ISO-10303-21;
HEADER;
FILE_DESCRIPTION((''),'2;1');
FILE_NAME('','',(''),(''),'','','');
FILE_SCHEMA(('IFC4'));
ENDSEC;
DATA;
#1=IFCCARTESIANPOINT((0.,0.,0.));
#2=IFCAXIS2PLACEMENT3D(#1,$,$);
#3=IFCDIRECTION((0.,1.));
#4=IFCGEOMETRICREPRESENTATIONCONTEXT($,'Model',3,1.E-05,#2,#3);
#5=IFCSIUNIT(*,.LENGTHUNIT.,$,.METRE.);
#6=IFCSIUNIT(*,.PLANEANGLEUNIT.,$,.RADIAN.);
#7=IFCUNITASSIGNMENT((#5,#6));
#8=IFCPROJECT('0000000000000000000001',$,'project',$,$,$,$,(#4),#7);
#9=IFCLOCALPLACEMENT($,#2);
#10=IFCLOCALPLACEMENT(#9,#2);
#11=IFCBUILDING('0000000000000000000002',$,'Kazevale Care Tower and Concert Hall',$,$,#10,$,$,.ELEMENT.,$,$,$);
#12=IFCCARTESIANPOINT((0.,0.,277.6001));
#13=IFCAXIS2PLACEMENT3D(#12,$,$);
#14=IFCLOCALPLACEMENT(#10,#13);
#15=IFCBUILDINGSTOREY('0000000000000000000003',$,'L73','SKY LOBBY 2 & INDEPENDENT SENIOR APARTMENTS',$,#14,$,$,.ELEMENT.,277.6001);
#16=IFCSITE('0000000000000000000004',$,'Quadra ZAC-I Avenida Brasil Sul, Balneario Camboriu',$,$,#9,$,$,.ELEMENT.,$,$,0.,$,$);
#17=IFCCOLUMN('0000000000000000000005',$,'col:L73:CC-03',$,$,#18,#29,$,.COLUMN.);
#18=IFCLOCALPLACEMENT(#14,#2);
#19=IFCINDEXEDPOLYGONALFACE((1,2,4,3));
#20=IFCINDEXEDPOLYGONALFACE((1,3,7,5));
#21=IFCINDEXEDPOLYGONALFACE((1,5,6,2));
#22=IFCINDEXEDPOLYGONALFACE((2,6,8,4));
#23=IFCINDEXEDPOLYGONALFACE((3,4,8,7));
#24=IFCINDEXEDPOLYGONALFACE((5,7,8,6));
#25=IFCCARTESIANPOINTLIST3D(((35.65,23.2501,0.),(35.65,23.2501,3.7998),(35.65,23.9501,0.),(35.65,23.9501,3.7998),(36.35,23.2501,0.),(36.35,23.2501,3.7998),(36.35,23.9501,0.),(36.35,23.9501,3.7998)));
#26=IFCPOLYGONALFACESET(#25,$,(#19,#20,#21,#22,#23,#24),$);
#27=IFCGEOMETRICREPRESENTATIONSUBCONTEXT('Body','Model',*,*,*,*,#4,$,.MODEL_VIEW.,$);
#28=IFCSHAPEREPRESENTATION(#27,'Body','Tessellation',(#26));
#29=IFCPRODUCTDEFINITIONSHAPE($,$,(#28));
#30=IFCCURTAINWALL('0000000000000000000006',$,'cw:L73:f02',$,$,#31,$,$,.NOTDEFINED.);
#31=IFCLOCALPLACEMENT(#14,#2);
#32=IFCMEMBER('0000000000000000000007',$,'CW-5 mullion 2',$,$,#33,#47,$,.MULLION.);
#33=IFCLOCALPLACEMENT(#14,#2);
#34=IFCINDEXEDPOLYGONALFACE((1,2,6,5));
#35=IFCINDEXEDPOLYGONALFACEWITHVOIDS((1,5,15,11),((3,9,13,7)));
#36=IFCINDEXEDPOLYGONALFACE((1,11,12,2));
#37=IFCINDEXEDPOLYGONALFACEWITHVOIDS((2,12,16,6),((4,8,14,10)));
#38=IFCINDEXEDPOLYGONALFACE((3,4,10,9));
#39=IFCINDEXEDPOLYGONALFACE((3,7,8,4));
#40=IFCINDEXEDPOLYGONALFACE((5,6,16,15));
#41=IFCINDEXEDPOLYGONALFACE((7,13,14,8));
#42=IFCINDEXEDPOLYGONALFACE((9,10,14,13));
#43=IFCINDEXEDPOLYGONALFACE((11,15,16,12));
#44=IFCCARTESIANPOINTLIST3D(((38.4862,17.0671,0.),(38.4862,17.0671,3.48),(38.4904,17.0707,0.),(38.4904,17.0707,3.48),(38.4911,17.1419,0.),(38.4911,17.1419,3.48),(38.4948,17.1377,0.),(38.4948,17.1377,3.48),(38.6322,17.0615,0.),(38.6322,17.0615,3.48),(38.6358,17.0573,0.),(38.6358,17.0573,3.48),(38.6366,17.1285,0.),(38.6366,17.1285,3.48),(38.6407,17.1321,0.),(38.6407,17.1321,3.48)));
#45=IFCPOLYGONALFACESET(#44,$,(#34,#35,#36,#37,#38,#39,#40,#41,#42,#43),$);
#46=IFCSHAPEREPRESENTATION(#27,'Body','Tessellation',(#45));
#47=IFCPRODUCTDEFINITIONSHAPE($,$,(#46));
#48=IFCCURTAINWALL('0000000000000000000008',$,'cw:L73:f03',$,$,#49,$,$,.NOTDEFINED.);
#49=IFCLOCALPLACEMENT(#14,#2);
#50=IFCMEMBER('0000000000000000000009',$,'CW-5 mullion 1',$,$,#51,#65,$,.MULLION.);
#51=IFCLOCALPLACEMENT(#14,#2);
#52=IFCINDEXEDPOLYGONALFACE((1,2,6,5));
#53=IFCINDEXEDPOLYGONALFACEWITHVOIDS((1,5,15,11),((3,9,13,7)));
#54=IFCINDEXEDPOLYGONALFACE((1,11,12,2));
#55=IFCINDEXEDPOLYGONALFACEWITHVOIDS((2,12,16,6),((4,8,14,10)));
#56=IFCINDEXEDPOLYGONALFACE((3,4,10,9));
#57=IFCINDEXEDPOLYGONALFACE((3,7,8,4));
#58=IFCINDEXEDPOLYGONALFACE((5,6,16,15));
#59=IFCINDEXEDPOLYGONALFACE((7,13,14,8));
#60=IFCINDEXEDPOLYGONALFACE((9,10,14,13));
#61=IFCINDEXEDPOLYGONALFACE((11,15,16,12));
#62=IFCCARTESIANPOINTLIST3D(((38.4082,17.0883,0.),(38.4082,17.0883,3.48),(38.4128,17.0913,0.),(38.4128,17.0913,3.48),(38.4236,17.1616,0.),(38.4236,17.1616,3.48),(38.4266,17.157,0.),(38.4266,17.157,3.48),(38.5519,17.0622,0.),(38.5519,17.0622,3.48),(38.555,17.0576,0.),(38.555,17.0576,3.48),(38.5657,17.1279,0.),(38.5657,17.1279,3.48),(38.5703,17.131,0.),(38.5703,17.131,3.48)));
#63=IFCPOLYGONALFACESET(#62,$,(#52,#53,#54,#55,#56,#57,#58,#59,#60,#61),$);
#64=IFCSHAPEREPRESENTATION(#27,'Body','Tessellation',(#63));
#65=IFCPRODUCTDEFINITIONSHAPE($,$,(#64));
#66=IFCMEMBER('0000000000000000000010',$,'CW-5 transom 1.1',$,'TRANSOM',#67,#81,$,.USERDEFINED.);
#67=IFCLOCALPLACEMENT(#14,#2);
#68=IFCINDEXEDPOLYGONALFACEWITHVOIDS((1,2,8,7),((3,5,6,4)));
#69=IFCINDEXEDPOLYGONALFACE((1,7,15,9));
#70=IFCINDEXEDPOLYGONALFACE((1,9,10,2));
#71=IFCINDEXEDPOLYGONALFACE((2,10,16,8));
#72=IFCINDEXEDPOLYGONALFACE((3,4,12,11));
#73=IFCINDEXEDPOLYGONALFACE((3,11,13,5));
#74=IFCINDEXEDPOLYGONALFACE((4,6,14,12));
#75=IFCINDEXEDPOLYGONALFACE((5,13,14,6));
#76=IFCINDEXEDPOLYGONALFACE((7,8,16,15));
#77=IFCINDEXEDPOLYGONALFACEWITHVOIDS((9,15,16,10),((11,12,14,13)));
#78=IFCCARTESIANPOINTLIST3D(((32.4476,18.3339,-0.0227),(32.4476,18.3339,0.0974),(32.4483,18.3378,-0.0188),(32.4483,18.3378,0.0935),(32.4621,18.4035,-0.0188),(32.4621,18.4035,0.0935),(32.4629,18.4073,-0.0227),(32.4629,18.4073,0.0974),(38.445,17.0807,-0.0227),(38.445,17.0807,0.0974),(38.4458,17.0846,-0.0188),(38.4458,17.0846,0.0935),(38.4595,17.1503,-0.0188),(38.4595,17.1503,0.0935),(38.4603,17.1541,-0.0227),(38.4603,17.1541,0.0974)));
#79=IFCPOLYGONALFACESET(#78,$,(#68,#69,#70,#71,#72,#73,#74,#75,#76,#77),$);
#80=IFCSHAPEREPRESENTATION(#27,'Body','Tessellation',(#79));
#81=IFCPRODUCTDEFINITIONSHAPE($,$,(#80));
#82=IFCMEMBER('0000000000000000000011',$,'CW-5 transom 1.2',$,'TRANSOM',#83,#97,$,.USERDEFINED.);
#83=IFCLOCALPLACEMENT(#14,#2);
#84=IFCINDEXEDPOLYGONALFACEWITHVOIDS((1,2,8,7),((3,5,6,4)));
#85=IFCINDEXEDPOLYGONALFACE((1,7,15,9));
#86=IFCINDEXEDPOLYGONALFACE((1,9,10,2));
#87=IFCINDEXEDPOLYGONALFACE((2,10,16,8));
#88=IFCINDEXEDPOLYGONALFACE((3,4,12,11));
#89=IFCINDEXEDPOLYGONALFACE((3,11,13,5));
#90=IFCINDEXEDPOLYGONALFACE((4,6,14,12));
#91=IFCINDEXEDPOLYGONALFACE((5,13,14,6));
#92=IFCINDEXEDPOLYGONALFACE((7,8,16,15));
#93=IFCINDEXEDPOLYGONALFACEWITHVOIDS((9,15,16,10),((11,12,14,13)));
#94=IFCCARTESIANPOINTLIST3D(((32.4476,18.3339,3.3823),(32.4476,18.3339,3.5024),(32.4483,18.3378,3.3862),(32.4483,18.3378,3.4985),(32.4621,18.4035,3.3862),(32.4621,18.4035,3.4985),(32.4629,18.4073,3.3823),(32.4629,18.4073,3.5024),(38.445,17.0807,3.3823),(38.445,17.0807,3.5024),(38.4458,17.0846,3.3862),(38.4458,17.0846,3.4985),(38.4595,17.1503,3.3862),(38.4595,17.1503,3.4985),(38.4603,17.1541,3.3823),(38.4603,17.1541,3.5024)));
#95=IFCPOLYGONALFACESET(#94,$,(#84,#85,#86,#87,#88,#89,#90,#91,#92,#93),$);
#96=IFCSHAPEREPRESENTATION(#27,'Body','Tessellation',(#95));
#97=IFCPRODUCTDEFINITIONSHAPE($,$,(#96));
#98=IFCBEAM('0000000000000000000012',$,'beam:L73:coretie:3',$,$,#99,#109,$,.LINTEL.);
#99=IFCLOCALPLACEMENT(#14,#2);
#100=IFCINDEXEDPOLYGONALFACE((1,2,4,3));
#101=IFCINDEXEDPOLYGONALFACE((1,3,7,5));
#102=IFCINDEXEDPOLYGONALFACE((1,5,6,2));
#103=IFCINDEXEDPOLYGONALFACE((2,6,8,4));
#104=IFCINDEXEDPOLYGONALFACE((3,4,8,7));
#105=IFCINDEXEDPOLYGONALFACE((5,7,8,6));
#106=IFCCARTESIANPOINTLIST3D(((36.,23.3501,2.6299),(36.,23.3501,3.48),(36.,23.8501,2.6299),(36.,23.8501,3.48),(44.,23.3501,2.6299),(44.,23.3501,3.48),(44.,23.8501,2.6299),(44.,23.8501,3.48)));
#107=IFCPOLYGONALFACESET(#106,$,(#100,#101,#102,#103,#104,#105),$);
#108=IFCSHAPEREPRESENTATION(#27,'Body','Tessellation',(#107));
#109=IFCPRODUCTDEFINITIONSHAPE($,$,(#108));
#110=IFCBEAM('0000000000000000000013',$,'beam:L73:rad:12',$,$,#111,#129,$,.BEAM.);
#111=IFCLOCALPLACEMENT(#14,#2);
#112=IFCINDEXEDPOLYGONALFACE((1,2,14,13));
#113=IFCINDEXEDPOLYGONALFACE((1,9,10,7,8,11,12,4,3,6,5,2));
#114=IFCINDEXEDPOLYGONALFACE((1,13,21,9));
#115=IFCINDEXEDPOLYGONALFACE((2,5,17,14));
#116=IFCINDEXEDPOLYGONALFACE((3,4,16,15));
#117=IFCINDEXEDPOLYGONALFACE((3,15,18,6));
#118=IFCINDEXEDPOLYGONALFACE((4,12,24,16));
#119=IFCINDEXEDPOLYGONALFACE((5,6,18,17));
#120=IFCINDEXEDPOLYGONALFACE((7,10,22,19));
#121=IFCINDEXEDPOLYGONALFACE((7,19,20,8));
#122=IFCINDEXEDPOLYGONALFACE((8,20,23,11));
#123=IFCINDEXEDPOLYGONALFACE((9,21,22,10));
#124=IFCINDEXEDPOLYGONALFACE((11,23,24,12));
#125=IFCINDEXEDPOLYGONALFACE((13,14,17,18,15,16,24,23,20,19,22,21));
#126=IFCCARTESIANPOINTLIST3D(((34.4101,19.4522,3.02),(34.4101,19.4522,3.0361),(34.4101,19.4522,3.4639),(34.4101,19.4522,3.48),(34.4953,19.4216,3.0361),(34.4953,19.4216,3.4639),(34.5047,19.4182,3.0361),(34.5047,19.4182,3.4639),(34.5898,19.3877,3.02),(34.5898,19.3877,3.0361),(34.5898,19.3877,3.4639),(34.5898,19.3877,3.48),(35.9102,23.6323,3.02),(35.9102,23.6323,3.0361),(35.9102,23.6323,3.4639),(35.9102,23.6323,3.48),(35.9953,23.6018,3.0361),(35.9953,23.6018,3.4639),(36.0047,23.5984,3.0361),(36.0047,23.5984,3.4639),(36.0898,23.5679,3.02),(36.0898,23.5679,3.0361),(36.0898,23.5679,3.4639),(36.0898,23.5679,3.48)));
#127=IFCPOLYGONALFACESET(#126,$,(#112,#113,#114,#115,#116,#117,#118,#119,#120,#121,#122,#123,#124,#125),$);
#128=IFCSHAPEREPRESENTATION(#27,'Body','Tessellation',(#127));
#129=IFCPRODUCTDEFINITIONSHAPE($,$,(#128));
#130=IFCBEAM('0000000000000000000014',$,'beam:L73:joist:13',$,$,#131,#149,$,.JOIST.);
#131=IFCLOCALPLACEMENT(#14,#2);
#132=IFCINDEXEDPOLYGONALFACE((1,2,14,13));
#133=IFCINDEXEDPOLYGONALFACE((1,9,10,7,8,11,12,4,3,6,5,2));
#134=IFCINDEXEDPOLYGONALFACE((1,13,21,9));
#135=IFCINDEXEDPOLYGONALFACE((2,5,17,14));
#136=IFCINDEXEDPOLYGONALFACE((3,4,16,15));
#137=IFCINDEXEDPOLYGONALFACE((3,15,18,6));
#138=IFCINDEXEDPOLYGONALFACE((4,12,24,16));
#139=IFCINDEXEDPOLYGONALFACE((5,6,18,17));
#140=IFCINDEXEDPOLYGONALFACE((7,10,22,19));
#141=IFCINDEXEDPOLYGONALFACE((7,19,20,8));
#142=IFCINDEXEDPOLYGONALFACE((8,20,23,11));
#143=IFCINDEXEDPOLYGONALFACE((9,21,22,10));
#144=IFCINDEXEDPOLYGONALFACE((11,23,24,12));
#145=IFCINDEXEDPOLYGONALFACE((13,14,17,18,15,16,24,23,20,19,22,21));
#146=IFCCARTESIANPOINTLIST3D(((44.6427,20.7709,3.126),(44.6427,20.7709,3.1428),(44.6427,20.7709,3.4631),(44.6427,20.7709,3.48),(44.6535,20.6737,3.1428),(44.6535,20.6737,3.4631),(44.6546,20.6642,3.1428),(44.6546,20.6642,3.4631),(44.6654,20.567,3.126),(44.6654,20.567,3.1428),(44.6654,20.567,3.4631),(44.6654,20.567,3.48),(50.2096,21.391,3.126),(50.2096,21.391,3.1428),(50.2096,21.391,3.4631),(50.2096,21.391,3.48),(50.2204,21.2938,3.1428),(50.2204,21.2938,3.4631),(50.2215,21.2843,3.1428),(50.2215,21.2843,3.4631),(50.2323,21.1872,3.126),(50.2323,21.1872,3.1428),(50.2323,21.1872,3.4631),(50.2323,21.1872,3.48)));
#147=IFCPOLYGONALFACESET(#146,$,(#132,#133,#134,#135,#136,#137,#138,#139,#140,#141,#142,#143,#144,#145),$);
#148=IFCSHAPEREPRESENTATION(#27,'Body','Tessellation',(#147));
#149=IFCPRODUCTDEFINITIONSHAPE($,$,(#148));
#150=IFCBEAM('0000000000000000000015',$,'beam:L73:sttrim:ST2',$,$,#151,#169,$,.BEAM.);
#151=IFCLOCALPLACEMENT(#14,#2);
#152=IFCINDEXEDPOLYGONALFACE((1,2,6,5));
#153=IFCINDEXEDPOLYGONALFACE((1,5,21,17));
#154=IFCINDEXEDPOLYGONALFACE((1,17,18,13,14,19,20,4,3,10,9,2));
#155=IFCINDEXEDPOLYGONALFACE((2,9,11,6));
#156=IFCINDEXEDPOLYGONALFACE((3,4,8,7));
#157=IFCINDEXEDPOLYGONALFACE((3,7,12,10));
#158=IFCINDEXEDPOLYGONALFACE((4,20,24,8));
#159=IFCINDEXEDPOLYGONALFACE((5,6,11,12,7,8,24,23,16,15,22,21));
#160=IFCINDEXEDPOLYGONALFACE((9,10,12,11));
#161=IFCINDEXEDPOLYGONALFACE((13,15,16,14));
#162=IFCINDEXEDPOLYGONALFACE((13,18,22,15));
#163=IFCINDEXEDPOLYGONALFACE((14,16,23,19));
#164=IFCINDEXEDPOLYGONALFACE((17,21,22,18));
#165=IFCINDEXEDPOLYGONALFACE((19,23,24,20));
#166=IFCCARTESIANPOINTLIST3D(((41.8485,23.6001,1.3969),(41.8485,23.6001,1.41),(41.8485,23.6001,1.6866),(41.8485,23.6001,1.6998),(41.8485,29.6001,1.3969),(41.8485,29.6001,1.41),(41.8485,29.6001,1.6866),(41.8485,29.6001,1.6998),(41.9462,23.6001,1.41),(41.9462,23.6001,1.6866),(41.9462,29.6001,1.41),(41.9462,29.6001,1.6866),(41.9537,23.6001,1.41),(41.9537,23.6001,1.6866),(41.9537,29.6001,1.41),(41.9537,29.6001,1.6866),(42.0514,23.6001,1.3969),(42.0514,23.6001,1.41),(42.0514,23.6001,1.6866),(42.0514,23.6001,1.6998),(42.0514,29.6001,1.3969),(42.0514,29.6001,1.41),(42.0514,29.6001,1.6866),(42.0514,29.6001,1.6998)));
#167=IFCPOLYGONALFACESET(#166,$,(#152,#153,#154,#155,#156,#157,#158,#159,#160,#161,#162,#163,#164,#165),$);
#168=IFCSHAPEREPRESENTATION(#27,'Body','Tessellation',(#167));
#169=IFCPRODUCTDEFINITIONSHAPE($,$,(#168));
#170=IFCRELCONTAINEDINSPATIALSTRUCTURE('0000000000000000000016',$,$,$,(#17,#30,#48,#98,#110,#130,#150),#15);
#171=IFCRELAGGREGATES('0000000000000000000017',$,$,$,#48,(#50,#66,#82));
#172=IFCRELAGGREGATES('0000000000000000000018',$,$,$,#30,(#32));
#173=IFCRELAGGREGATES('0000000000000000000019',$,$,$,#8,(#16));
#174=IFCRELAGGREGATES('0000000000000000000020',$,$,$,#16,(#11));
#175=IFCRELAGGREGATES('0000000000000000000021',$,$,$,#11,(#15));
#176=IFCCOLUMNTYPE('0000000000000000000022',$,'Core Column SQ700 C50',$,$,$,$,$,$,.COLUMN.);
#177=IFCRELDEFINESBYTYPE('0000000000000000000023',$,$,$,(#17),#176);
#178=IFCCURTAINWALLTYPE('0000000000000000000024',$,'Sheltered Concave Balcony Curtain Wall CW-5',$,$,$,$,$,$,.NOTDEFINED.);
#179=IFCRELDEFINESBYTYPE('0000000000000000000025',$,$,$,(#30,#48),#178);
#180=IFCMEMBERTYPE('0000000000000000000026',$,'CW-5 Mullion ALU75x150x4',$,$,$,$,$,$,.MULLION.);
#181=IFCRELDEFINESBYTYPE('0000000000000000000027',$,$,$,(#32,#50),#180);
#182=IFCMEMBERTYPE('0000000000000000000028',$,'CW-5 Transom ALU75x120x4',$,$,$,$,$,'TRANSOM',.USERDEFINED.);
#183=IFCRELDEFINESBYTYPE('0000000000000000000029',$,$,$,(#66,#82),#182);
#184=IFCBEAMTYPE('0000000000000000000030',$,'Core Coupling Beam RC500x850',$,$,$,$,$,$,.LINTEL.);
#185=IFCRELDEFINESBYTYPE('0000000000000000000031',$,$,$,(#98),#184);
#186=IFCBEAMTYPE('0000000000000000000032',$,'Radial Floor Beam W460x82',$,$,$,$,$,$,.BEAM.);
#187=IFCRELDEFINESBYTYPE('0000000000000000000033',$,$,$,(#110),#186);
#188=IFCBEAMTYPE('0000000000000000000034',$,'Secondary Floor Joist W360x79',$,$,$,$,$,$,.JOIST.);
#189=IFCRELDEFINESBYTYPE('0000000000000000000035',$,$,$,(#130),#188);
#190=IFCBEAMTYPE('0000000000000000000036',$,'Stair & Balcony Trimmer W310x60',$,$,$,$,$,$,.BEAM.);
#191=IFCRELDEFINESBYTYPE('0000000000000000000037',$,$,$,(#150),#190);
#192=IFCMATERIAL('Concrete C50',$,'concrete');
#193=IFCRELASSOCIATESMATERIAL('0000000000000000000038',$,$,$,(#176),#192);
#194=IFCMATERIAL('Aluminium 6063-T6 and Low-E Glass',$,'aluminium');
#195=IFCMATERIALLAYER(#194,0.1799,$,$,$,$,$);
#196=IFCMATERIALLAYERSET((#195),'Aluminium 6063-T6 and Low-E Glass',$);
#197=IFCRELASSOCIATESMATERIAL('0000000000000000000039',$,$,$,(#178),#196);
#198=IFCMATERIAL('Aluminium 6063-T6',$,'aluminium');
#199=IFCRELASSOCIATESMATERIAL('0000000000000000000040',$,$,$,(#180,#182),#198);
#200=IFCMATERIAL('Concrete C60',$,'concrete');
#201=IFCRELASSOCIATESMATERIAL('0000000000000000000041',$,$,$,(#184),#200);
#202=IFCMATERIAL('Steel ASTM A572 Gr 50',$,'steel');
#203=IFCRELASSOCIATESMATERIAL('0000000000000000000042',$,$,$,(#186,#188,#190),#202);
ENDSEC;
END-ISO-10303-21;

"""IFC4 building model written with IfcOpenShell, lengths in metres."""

from ifc_helpers import new_model, si_unit, direction, frame, origin, origin_2d, place, context, subcontext, project, spatial, rectangle, hollow_rectangle, i_section, extrude, material, layer, layer_set, material_profile, profile_set, type_object, element, aggregate, save


model = new_model("IFC4")

# Units and contexts
model_context = context("Model", 3, precision=1e-05, world=origin(), true_north=direction((0.0, 1.0)))
body_context = subcontext(model_context, "Body", "Model", "MODEL_VIEW")
ifc_project = project(units=[si_unit("LENGTHUNIT", "METRE"), si_unit("PLANEANGLEUNIT", "RADIAN")], contexts=[model_context])

# Site, building, storey
site_placement = place(None, origin())
site = spatial("IfcSite", under=ifc_project, at=site_placement, Name="Quadra ZAC-I Avenida Brasil Sul, Balneario Camboriu", CompositionType="ELEMENT", RefElevation=0.0)
building_placement = place(site_placement, origin())
building = spatial("IfcBuilding", under=site, at=building_placement, Name="Kazevale Care Tower and Concert Hall", CompositionType="ELEMENT")
storey_placement = place(building_placement, frame((0.0, 0.0, 277.6001)))
storey = spatial("IfcBuildingStorey", under=building, at=storey_placement, Name="L73", Description="SKY LOBBY 2 & INDEPENDENT SENIOR APARTMENTS", CompositionType="ELEMENT", Elevation=277.6001)

# Column
ifc_material_1 = material(Name="Concrete C50", Category="concrete")
ifc_material_profile_1 = material_profile(ifc_material_1, rectangle(XDim=0.7, YDim=0.7, at=origin_2d()), Name="RC-SQ700")
ifc_profile_set_1 = profile_set([ifc_material_profile_1], Name="Concrete C50")
column_type = type_object("IfcColumnType", Name="Core Column SQ700 C50", PredefinedType="COLUMN", material=ifc_profile_set_1)
column_placement = place(storey_placement, frame((36.0, 23.6001, 0.0), z_axis=(0.0, 0.0, 1.0), x_axis=(1.0, 0.0, 0.0)))
element("IfcColumn", 1, at=column_placement, inside=storey, type_object=column_type, Name="col:L73:CC-03", PredefinedType="COLUMN", context=body_context, shape_type="SweptSolid", body=[
    extrude(rectangle(XDim=0.7, YDim=0.7, at=origin_2d()), origin(), (0.0, 0.0, 1.0), 3.7998),
])

# Curtain wall, member
ifc_material_2 = material(Name="Aluminium 6063-T6 and Low-E Glass", Category="aluminium")
ifc_layer_1 = layer(ifc_material_2, 0.1799)
ifc_layer_set_1 = layer_set([ifc_layer_1], Name="Aluminium 6063-T6 and Low-E Glass")
curtain_wall_type = type_object("IfcCurtainWallType", Name="Sheltered Concave Balcony Curtain Wall CW-5", PredefinedType="NOTDEFINED", material=ifc_layer_set_1)
curtain_wall_1_placement = place(storey_placement, origin())
curtain_wall_1 = element("IfcCurtainWall", 2, at=curtain_wall_1_placement, inside=storey, type_object=curtain_wall_type, Name="cw:L73:f02", PredefinedType="NOTDEFINED")
ifc_material_3 = material(Name="Aluminium 6063-T6", Category="aluminium")
ifc_material_profile_2 = material_profile(ifc_material_3, hollow_rectangle(XDim=0.075, YDim=0.1499, WallThickness=0.0039, at=origin_2d()), Name="ALU75x150x4")
ifc_profile_set_2 = profile_set([ifc_material_profile_2], Name="Aluminium 6063-T6")
member_type_1 = type_object("IfcMemberType", Name="CW-5 Mullion ALU75x150x4", PredefinedType="MULLION", material=ifc_profile_set_2)
member_1_placement = place(storey_placement, frame((38.5635, 17.0996, 0.0), z_axis=(0.0, 0.0, 1.0), x_axis=(-0.065046, -0.997882, 0.0)))
member_1 = element("IfcMember", 3, at=member_1_placement, type_object=member_type_1, Name="CW-5 mullion 2", PredefinedType="MULLION", context=body_context, shape_type="SweptSolid", body=[
    extrude(hollow_rectangle(XDim=0.075, YDim=0.1499, WallThickness=0.0039, at=origin_2d()), origin(), (0.0, 0.0, 1.0), 3.48),
])

# Curtain wall, members
curtain_wall_2_placement = place(storey_placement, origin())
curtain_wall_2 = element("IfcCurtainWall", 4, at=curtain_wall_2_placement, inside=storey, type_object=curtain_wall_type, Name="cw:L73:f03", PredefinedType="NOTDEFINED")
member_2_placement = place(storey_placement, frame((38.4893, 17.1096, 0.0), z_axis=(0.0, 0.0, 1.0), x_axis=(-0.204565, -0.978853, 0.0)))
member_2 = element("IfcMember", 5, at=member_2_placement, type_object=member_type_1, Name="CW-5 mullion 1", PredefinedType="MULLION", context=body_context, shape_type="SweptSolid", body=[
    extrude(hollow_rectangle(XDim=0.075, YDim=0.1499, WallThickness=0.0039, at=origin_2d()), origin(), (0.0, 0.0, 1.0), 3.48),
])
ifc_material_profile_3 = material_profile(ifc_material_3, hollow_rectangle(XDim=0.075, YDim=0.1201, WallThickness=0.0039, at=origin_2d()), Name="ALU75x120x4")
ifc_profile_set_3 = profile_set([ifc_material_profile_3], Name="Aluminium 6063-T6")
member_type_2 = type_object("IfcMemberType", Name="CW-5 Transom ALU75x120x4", ElementType="TRANSOM", PredefinedType="USERDEFINED", material=ifc_profile_set_3)
member_3_placement = place(storey_placement, frame((38.4526, 17.1174, 0.0374), z_axis=(-0.978859, 0.204538, 0.0), x_axis=(-0.204538, -0.978859, 0.0)))
member_3 = element("IfcMember", 6, at=member_3_placement, type_object=member_type_2, Name="CW-5 transom 1.1", ObjectType="TRANSOM", PredefinedType="USERDEFINED", context=body_context, shape_type="SweptSolid", body=[
    extrude(hollow_rectangle(XDim=0.075, YDim=0.1201, WallThickness=0.0039, at=origin_2d()), origin(), (0.0, 0.0, 1.0), 6.127),
])
member_4_placement = place(storey_placement, frame((38.4526, 17.1174, 3.4424), z_axis=(-0.978859, 0.204538, 0.0), x_axis=(-0.204538, -0.978859, 0.0)))
member_4 = element("IfcMember", 7, at=member_4_placement, type_object=member_type_2, Name="CW-5 transom 1.2", ObjectType="TRANSOM", PredefinedType="USERDEFINED", context=body_context, shape_type="SweptSolid", body=[
    extrude(hollow_rectangle(XDim=0.075, YDim=0.1201, WallThickness=0.0039, at=origin_2d()), origin(), (0.0, 0.0, 1.0), 6.127),
])
aggregate(curtain_wall_2, [member_2, member_3, member_4])

# Beams
ifc_material_4 = material(Name="Concrete C60", Category="concrete")
ifc_material_profile_4 = material_profile(ifc_material_4, rectangle(XDim=0.5, YDim=0.8501, at=origin_2d()), Name="RC-B500x850")
ifc_profile_set_4 = profile_set([ifc_material_profile_4], Name="Concrete C60")
beam_type_1 = type_object("IfcBeamType", Name="Core Coupling Beam RC500x850", PredefinedType="LINTEL", material=ifc_profile_set_4)
beam_1_placement = place(storey_placement, frame((36.0, 23.6001, 3.0549), z_axis=(1.0, 0.0, 0.0), x_axis=(0.0, 1.0, 0.0)))
element("IfcBeam", 8, at=beam_1_placement, inside=storey, type_object=beam_type_1, Name="beam:L73:coretie:3", PredefinedType="LINTEL", context=body_context, shape_type="SweptSolid", body=[
    extrude(rectangle(XDim=0.5, YDim=0.8501, at=origin_2d()), origin(), (0.0, 0.0, 1.0), 8.0),
])
ifc_material_5 = material(Name="Steel ASTM A572 Gr 50", Category="steel")
ifc_material_profile_5 = material_profile(ifc_material_5, i_section(OverallWidth=0.1909, OverallDepth=0.46, WebThickness=0.01, FlangeThickness=0.0161, at=origin_2d()), Name="W460x82")
ifc_profile_set_5 = profile_set([ifc_material_profile_5], Name="Steel ASTM A572 Gr 50")
beam_type_2 = type_object("IfcBeamType", Name="Radial Floor Beam W460x82", PredefinedType="BEAM", material=ifc_profile_set_5)
beam_2_placement = place(storey_placement, frame((36.0, 23.6001, 3.25), z_axis=(-0.33775, -0.941236, 0.0), x_axis=(0.941236, -0.33775, 0.0)))
element("IfcBeam", 9, at=beam_2_placement, inside=storey, type_object=beam_type_2, Name="beam:L73:rad:12", PredefinedType="BEAM", context=body_context, shape_type="SweptSolid", body=[
    extrude(i_section(OverallWidth=0.1909, OverallDepth=0.46, WebThickness=0.01, FlangeThickness=0.0161, at=origin_2d()), origin(), (0.0, 0.0, 1.0), 4.4412),
])
ifc_material_profile_6 = material_profile(ifc_material_5, i_section(OverallWidth=0.2051, OverallDepth=0.354, WebThickness=0.0095, FlangeThickness=0.0168, at=origin_2d()), Name="W360x79")
ifc_profile_set_6 = profile_set([ifc_material_profile_6], Name="Steel ASTM A572 Gr 50")
beam_type_3 = type_object("IfcBeamType", Name="Secondary Floor Joist W360x79", PredefinedType="JOIST", material=ifc_profile_set_6)
beam_3_placement = place(storey_placement, frame((44.6541, 20.6689, 3.303), z_axis=(0.993853, 0.110709, 0.0), x_axis=(-0.110709, 0.993853, 0.0)))
element("IfcBeam", 10, at=beam_3_placement, inside=storey, type_object=beam_type_3, Name="beam:L73:joist:13", PredefinedType="JOIST", context=body_context, shape_type="SweptSolid", body=[
    extrude(i_section(OverallWidth=0.2051, OverallDepth=0.354, WebThickness=0.0095, FlangeThickness=0.0168, at=origin_2d()), origin(), (0.0, 0.0, 1.0), 5.6013),
])
ifc_material_profile_7 = material_profile(ifc_material_5, i_section(OverallWidth=0.2029, OverallDepth=0.303, WebThickness=0.0076, FlangeThickness=0.0132, at=origin_2d()), Name="W310x60")
ifc_profile_set_7 = profile_set([ifc_material_profile_7], Name="Steel ASTM A572 Gr 50")
beam_type_4 = type_object("IfcBeamType", Name="Stair & Balcony Trimmer W310x60", PredefinedType="BEAM", material=ifc_profile_set_7)
beam_4_placement = place(storey_placement, frame((41.95, 23.6001, 1.5483), z_axis=(0.0, 1.0, 0.0), x_axis=(-1.0, 0.0, 0.0)))
element("IfcBeam", 11, at=beam_4_placement, inside=storey, type_object=beam_type_4, Name="beam:L73:sttrim:ST2", PredefinedType="BEAM", context=body_context, shape_type="SweptSolid", body=[
    extrude(i_section(OverallWidth=0.2029, OverallDepth=0.303, WebThickness=0.0076, FlangeThickness=0.0132, at=origin_2d()), origin(), (0.0, 0.0, 1.0), 6.0),
])

aggregate(curtain_wall_1, [member_1])

save(model, "model.ifc")
